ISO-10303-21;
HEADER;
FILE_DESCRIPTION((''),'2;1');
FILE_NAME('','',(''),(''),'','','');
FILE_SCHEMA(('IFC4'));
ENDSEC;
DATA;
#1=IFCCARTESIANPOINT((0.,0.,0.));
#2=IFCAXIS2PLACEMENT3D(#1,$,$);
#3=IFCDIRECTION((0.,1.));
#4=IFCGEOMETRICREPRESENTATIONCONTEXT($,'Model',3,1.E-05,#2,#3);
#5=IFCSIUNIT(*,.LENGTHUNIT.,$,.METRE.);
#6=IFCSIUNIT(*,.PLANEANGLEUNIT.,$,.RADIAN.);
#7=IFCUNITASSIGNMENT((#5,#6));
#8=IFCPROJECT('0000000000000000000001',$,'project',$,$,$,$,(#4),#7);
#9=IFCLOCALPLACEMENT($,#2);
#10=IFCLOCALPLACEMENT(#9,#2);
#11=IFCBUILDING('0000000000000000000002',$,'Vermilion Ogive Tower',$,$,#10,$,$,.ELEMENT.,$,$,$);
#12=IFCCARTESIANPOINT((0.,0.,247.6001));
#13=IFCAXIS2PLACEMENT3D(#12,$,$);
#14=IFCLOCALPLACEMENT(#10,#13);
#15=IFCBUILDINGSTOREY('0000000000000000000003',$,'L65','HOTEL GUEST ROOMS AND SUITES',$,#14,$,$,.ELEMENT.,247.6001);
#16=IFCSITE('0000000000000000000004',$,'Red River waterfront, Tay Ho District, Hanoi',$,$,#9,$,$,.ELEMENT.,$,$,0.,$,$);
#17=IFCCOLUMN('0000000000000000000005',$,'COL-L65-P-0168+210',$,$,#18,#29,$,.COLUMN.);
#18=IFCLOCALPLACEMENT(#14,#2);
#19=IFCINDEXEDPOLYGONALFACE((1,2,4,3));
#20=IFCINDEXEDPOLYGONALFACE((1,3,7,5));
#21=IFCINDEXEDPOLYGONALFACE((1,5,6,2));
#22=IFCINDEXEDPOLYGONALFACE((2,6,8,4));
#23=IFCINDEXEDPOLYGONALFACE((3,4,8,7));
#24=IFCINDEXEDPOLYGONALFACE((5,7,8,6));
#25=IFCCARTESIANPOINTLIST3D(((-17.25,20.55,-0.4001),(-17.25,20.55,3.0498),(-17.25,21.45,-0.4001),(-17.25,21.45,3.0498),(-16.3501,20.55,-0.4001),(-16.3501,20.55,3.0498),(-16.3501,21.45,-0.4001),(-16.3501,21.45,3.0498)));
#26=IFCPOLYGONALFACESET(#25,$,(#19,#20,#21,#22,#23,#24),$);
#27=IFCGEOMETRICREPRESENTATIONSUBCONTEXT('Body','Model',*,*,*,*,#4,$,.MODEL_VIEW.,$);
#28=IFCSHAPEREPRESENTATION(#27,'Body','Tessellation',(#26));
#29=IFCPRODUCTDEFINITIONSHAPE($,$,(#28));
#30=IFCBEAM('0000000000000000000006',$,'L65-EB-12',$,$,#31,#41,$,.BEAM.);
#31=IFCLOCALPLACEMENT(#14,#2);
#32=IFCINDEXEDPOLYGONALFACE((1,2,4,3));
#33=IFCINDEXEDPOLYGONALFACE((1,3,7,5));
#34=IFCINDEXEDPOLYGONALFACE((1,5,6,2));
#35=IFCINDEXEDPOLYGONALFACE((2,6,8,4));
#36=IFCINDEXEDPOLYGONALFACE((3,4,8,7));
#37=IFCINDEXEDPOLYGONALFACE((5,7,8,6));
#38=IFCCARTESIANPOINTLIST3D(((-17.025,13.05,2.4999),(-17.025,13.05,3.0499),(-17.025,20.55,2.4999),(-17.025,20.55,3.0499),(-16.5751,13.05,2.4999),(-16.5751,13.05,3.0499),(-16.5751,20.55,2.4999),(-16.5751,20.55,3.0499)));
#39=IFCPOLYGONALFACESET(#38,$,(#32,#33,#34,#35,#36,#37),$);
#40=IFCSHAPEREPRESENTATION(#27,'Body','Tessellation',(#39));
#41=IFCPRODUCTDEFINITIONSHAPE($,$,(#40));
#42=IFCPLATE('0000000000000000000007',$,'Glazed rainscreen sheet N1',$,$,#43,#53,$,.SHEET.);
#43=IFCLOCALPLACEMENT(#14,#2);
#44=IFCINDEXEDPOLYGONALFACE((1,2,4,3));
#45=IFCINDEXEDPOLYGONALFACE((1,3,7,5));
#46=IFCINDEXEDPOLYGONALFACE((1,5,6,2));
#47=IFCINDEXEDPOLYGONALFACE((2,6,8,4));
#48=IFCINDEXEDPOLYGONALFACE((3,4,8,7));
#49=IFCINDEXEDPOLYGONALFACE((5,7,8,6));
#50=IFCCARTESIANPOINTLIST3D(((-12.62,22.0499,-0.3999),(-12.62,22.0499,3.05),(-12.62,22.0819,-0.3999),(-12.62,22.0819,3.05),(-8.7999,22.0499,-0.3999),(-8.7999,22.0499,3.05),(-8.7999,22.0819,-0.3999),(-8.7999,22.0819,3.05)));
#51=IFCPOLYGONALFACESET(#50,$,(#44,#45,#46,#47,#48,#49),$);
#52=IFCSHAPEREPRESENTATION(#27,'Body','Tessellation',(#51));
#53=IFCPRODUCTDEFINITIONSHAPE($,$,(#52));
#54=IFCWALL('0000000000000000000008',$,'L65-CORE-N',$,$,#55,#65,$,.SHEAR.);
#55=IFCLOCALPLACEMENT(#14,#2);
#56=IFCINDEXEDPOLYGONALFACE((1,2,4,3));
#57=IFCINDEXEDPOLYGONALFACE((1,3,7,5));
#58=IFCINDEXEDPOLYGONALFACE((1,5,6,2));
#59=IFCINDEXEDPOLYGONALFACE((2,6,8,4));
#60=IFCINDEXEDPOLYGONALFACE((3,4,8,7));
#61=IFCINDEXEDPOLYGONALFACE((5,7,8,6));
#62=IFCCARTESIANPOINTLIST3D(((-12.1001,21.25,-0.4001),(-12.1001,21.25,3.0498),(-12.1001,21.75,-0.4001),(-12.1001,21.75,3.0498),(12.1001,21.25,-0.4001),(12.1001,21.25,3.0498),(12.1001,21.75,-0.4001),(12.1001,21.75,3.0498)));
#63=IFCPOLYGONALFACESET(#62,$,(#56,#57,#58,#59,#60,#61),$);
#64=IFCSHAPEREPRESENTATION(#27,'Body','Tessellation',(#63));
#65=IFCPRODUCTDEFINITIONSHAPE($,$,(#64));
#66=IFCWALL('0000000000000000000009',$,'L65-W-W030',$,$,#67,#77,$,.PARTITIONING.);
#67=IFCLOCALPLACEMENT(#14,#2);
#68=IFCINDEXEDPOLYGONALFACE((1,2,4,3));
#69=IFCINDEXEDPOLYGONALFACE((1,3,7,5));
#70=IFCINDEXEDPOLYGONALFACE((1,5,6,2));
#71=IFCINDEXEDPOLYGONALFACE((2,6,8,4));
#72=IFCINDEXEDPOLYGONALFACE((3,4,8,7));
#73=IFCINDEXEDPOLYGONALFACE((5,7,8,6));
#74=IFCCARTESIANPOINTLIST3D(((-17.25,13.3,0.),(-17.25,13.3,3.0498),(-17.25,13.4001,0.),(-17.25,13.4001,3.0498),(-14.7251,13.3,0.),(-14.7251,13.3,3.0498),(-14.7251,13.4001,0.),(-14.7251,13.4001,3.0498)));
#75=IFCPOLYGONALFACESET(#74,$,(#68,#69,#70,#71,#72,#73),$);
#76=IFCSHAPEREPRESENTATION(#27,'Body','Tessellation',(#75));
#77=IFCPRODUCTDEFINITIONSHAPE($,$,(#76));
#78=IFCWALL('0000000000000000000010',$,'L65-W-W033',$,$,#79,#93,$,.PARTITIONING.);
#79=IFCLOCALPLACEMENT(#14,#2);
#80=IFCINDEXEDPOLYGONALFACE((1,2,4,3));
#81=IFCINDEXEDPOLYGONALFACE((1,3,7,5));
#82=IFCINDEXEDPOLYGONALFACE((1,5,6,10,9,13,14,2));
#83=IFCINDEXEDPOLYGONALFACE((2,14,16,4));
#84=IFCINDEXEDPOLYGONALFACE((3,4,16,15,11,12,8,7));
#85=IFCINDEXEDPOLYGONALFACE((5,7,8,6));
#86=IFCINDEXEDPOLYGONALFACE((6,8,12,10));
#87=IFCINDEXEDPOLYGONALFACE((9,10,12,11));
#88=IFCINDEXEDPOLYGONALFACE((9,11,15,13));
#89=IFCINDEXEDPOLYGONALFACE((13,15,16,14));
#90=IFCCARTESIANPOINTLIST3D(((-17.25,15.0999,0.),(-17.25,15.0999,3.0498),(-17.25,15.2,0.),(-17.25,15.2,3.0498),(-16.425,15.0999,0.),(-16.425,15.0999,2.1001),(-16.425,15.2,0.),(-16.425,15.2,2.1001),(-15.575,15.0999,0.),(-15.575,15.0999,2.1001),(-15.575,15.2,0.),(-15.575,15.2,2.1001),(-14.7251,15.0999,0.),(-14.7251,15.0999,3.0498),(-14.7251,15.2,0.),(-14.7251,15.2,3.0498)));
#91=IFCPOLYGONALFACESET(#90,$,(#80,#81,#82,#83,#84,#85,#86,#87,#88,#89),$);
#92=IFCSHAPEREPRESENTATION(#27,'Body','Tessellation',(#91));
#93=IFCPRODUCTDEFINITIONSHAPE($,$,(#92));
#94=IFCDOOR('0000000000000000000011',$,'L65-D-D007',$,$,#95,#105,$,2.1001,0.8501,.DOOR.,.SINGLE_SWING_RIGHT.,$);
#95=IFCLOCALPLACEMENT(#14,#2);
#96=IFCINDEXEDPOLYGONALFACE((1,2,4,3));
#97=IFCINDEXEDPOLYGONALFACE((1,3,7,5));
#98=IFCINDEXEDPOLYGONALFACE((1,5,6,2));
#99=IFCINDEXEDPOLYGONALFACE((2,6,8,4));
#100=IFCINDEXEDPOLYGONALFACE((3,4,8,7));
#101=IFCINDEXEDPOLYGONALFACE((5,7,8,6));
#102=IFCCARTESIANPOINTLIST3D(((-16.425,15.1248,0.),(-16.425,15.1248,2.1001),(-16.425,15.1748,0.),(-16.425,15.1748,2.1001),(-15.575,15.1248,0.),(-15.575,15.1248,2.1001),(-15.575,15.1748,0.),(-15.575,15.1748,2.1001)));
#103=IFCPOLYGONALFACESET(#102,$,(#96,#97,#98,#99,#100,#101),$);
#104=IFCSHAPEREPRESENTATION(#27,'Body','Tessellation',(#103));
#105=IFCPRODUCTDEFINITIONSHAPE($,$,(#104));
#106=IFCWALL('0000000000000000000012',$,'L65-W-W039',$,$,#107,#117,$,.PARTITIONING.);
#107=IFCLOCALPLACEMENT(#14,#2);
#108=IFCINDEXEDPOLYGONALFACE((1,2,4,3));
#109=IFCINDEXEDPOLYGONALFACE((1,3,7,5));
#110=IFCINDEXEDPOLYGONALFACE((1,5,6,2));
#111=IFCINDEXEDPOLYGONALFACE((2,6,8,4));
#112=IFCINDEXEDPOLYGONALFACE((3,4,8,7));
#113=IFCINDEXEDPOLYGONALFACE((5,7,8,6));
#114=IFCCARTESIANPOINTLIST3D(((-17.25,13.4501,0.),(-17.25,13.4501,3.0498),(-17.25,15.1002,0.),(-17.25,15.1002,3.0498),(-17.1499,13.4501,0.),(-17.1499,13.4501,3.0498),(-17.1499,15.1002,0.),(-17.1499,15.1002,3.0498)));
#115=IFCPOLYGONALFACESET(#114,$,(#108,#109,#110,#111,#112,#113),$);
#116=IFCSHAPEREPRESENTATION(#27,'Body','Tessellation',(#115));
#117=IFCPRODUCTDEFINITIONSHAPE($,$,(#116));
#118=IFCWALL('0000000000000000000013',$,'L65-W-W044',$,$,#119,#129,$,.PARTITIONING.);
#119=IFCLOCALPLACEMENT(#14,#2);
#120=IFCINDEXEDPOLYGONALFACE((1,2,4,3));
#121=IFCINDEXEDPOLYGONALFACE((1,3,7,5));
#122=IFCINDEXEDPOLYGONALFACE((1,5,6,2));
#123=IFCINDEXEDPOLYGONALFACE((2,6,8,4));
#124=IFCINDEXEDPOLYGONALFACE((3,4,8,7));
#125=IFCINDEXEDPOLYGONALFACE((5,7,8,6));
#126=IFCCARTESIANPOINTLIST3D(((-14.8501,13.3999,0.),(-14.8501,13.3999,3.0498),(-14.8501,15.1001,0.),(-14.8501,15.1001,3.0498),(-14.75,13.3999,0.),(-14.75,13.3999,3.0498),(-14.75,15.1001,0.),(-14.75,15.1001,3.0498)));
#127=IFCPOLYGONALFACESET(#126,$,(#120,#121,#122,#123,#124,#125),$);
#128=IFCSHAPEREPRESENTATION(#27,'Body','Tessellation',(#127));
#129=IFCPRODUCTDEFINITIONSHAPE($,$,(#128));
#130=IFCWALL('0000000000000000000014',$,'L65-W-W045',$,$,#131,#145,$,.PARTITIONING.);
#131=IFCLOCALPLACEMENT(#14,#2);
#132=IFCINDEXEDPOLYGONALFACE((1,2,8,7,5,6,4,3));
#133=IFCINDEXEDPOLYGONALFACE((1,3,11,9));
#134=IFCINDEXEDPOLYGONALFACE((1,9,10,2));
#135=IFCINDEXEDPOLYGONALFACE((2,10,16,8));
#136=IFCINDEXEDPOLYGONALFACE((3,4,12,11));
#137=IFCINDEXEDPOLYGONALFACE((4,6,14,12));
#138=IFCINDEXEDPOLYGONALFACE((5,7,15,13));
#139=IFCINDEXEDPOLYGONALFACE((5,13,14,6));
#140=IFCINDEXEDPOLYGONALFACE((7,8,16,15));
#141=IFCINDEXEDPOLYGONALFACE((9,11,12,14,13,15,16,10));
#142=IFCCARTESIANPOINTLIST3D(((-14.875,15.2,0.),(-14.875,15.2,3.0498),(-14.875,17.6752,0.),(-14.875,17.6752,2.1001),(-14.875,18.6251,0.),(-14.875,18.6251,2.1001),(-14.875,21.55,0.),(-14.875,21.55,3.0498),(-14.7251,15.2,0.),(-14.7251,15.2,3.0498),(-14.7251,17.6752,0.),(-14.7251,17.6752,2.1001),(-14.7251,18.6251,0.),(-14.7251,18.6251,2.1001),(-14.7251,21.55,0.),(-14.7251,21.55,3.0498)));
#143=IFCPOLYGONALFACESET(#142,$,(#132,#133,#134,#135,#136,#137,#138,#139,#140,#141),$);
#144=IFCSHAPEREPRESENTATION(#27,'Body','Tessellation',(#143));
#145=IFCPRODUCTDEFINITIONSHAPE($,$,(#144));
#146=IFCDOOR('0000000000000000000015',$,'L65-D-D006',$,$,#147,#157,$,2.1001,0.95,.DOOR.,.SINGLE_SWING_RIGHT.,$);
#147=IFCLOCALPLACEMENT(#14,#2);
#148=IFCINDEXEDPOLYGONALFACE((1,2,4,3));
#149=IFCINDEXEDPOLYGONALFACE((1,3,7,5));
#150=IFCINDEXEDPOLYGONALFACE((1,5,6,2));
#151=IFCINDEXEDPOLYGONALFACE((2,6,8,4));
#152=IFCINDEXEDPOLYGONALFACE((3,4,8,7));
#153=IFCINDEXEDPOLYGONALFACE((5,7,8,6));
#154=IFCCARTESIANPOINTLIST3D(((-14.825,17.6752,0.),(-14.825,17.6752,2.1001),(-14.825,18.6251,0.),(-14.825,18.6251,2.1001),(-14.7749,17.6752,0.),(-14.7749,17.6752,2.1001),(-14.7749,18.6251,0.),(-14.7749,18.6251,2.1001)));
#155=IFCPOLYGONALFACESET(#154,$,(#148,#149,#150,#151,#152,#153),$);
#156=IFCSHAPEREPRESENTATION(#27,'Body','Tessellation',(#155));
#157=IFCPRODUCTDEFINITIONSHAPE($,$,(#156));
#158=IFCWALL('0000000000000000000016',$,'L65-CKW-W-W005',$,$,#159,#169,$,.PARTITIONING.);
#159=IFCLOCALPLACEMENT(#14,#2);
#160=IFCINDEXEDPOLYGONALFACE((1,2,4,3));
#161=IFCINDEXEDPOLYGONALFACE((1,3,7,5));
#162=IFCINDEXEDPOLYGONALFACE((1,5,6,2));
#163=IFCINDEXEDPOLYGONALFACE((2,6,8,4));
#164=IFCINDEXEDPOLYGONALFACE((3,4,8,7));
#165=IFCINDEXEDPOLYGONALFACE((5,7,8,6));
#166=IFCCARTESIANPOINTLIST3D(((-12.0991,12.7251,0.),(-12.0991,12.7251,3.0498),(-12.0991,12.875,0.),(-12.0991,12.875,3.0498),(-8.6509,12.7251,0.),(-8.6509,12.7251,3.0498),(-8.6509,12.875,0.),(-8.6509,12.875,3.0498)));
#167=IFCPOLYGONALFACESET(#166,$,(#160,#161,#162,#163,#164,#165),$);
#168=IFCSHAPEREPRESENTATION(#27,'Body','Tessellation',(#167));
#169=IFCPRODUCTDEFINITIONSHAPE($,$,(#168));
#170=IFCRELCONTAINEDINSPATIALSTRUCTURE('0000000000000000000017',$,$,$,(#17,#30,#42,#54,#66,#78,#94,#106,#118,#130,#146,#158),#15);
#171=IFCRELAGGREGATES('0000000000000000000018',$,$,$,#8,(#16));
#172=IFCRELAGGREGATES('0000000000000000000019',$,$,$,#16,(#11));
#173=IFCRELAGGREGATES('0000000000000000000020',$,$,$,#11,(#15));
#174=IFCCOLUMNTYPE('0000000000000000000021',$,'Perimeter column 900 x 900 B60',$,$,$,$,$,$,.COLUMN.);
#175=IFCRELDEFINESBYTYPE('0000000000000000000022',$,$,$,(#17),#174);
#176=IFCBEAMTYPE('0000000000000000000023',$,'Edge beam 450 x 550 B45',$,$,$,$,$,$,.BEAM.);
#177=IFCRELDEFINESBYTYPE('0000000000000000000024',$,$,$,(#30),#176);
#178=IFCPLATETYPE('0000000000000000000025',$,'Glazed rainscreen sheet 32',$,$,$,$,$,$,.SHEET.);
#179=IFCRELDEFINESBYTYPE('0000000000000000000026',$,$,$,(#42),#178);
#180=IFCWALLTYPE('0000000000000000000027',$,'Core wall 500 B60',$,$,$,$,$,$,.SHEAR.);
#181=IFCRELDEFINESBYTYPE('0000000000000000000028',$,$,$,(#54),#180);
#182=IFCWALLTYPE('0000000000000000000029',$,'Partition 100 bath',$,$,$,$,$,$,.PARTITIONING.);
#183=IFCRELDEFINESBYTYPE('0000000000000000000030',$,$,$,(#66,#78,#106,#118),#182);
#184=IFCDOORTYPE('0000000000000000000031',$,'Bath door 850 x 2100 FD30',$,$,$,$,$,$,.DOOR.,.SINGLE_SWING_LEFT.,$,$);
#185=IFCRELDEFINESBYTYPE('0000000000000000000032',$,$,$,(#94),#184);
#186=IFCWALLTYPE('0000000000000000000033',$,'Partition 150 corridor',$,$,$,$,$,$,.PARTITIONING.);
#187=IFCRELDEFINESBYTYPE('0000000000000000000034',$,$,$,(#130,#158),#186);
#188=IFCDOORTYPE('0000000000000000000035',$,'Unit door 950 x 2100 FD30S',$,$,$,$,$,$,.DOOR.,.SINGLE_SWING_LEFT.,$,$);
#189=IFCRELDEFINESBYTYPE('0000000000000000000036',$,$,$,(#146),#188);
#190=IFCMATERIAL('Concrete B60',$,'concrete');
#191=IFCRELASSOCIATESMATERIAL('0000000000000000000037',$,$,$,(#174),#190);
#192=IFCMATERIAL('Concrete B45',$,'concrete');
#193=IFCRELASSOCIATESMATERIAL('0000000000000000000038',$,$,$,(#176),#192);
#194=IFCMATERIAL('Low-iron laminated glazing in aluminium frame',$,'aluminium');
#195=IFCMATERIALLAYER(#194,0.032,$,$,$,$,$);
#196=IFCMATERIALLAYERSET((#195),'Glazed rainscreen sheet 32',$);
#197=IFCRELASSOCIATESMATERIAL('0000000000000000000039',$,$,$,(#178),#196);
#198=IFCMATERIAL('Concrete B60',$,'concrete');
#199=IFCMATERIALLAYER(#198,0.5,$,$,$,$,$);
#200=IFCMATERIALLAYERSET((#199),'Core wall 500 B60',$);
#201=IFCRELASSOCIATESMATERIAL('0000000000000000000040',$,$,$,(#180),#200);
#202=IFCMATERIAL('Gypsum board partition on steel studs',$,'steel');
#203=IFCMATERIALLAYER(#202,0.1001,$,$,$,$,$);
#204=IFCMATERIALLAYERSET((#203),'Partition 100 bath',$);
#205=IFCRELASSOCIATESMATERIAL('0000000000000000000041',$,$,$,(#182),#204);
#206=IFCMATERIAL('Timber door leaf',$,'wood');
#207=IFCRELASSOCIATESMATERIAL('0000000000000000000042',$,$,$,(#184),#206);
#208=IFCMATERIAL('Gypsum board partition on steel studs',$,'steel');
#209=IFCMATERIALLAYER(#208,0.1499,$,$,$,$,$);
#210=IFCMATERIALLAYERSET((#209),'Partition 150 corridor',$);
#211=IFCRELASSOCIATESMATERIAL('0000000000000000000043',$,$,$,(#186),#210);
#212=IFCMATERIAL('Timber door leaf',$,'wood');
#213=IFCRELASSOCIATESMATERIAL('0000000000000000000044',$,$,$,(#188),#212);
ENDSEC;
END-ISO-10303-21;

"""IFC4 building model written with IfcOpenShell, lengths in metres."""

from ifc_helpers import new_model, si_unit, direction, frame, frame_2d, origin, origin_2d, place, context, subcontext, project, spatial, rectangle, extrude, material, layer, layer_set, material_profile, profile_set, type_object, element, fill, save


model = new_model("IFC4")

# Units and contexts
model_context = context("Model", 3, precision=1e-05, world=origin(), true_north=direction((0.0, 1.0)))
body_context = subcontext(model_context, "Body", "Model", "MODEL_VIEW")
ifc_project = project(units=[si_unit("LENGTHUNIT", "METRE"), si_unit("PLANEANGLEUNIT", "RADIAN")], contexts=[model_context])

# Site, building, storey
site_placement = place(None, origin())
site = spatial("IfcSite", under=ifc_project, at=site_placement, Name="Red River waterfront, Tay Ho District, Hanoi", CompositionType="ELEMENT", RefElevation=0.0)
building_placement = place(site_placement, origin())
building = spatial("IfcBuilding", under=site, at=building_placement, Name="Vermilion Ogive Tower", CompositionType="ELEMENT")
storey_placement = place(building_placement, frame((0.0, 0.0, 247.6001)))
storey = spatial("IfcBuildingStorey", under=building, at=storey_placement, Name="L65", Description="HOTEL GUEST ROOMS AND SUITES", CompositionType="ELEMENT", Elevation=247.6001)

# Column
ifc_material_1 = material(Name="Concrete B60", Category="concrete")
ifc_material_profile_1 = material_profile(ifc_material_1, rectangle(XDim=0.8999, YDim=0.8999, at=origin_2d()), Name="900 x 900")
ifc_profile_set_1 = profile_set([ifc_material_profile_1], Name="Concrete B60")
column_type = type_object("IfcColumnType", Name="Perimeter column 900 x 900 B60", PredefinedType="COLUMN", material=ifc_profile_set_1)
column_placement = place(storey_placement, frame((-16.8, 21.0, -0.4001), z_axis=(0.0, 0.0, 1.0), x_axis=(1.0, 0.0, 0.0)))
element("IfcColumn", 1, at=column_placement, inside=storey, type_object=column_type, Name="COL-L65-P-0168+210", PredefinedType="COLUMN", context=body_context, shape_type="SweptSolid", body=[
    extrude(rectangle(XDim=0.8999, YDim=0.8999, at=origin_2d()), origin(), (0.0, 0.0, 1.0), 3.45),
])

# Beam
ifc_material_2 = material(Name="Concrete B45", Category="concrete")
ifc_material_profile_2 = material_profile(ifc_material_2, rectangle(XDim=0.45, YDim=0.55, at=origin_2d()), Name="450 x 550")
ifc_profile_set_2 = profile_set([ifc_material_profile_2], Name="Concrete B45")
beam_type = type_object("IfcBeamType", Name="Edge beam 450 x 550 B45", PredefinedType="BEAM", material=ifc_profile_set_2)
beam_placement = place(storey_placement, frame((-16.8, 20.55, 2.7749), z_axis=(0.0, -1.0, 0.0), x_axis=(1.0, 0.0, 0.0)))
element("IfcBeam", 2, at=beam_placement, inside=storey, type_object=beam_type, Name="L65-EB-12", PredefinedType="BEAM", context=body_context, shape_type="SweptSolid", body=[
    extrude(rectangle(XDim=0.45, YDim=0.55, at=origin_2d()), origin(), (0.0, 0.0, 1.0), 7.5),
])

# Plate
ifc_material_3 = material(Name="Low-iron laminated glazing in aluminium frame", Category="aluminium")
ifc_layer_1 = layer(ifc_material_3, 0.032)
ifc_layer_set_1 = layer_set([ifc_layer_1], Name="Glazed rainscreen sheet 32")
plate_type = type_object("IfcPlateType", Name="Glazed rainscreen sheet 32", PredefinedType="SHEET", material=ifc_layer_set_1)
plate_placement = place(storey_placement, frame((-10.71, 22.0659, -0.3999), z_axis=(0.0, 0.0, 1.0), x_axis=(1.0, 0.0, 0.0)))
element("IfcPlate", 3, at=plate_placement, inside=storey, type_object=plate_type, Name="Glazed rainscreen sheet N1", PredefinedType="SHEET", context=body_context, shape_type="SweptSolid", body=[
    extrude(rectangle(XDim=3.8201, YDim=0.032, at=origin_2d()), origin(), (0.0, 0.0, 1.0), 3.45),
])

# Walls
ifc_material_4 = material(Name="Concrete B60", Category="concrete")
ifc_layer_2 = layer(ifc_material_4, 0.5)
ifc_layer_set_2 = layer_set([ifc_layer_2], Name="Core wall 500 B60")
wall_type_1 = type_object("IfcWallType", Name="Core wall 500 B60", PredefinedType="SHEAR", material=ifc_layer_set_2)
wall_1_placement = place(storey_placement, frame((-12.1001, 21.5, -0.4001), z_axis=(0.0, 0.0, 1.0), x_axis=(1.0, 0.0, 0.0)))
element("IfcWall", 4, at=wall_1_placement, inside=storey, type_object=wall_type_1, Name="L65-CORE-N", PredefinedType="SHEAR", context=body_context, shape_type="SweptSolid", body=[
    extrude(rectangle(XDim=24.2002, YDim=0.5, at=frame_2d((12.1001, 0.0))), origin(), (0.0, 0.0, 1.0), 3.45),
])
ifc_material_5 = material(Name="Gypsum board partition on steel studs", Category="steel")
ifc_layer_3 = layer(ifc_material_5, 0.1001)
ifc_layer_set_3 = layer_set([ifc_layer_3], Name="Partition 100 bath")
wall_type_2 = type_object("IfcWallType", Name="Partition 100 bath", PredefinedType="PARTITIONING", material=ifc_layer_set_3)
wall_2_placement = place(storey_placement, frame((-17.25, 13.3501, 0.0), z_axis=(0.0, 0.0, 1.0), x_axis=(1.0, 0.0, 0.0)))
element("IfcWall", 5, at=wall_2_placement, inside=storey, type_object=wall_type_2, Name="L65-W-W030", PredefinedType="PARTITIONING", context=body_context, shape_type="SweptSolid", body=[
    extrude(rectangle(XDim=2.5249, YDim=0.1001, at=frame_2d((1.2625, 0.0))), origin(), (0.0, 0.0, 1.0), 3.0498),
])

# Wall, opening, door
wall_3_placement = place(storey_placement, frame((-17.25, 15.1499, 0.0), z_axis=(0.0, 0.0, 1.0), x_axis=(1.0, 0.0, 0.0)))
wall_3 = element("IfcWall", 6, at=wall_3_placement, inside=storey, type_object=wall_type_2, Name="L65-W-W033", PredefinedType="PARTITIONING", context=body_context, shape_type="SweptSolid", body=[
    extrude(rectangle(XDim=2.5249, YDim=0.1001, at=frame_2d((1.2625, 0.0))), origin(), (0.0, 0.0, 1.0), 3.0498),
])
opening_1_placement = place(wall_3_placement, frame((0.825, 0.0, 0.0)))
opening_1 = element("IfcOpeningElement", 7, at=opening_1_placement, cuts=wall_3, PredefinedType="OPENING", context=body_context, shape_type="SweptSolid", body=[
    extrude(rectangle(XDim=0.8501, YDim=2.1001, at=frame_2d((0.425, 1.05))), frame((0.0, 0.0601, 0.0), z_axis=(0.0, -1.0, 0.0), x_axis=(1.0, 0.0, 0.0)), (0.0, 0.0, 1.0), 0.1201),
])
ifc_material_6 = material(Name="Timber door leaf", Category="wood")
door_type_1 = type_object("IfcDoorType", Name="Bath door 850 x 2100 FD30", OperationType="SINGLE_SWING_LEFT", PredefinedType="DOOR", material=ifc_material_6)
door_1_placement = place(opening_1_placement, origin())
door_1 = element("IfcDoor", 8, at=door_1_placement, inside=storey, type_object=door_type_1, Name="L65-D-D007", OperationType="SINGLE_SWING_RIGHT", OverallHeight=2.1001, OverallWidth=0.8501, PredefinedType="DOOR", context=body_context, shape_type="SweptSolid", body=[
    extrude(rectangle(XDim=0.8501, YDim=2.1001, at=frame_2d((0.425, 1.05))), frame((0.0, 0.0249, 0.0), z_axis=(0.0, -1.0, 0.0), x_axis=(1.0, 0.0, 0.0)), (0.0, 0.0, 1.0), 0.05),
])
fill(opening_1, door_1)

# Walls
wall_4_placement = place(storey_placement, frame((-17.2, 13.45, 0.0), z_axis=(0.0, 0.0, 1.0), x_axis=(0.0, 1.0, 0.0)))
element("IfcWall", 9, at=wall_4_placement, inside=storey, type_object=wall_type_2, Name="L65-W-W039", PredefinedType="PARTITIONING", context=body_context, shape_type="SweptSolid", body=[
    extrude(rectangle(XDim=1.6501, YDim=0.1001, at=frame_2d((0.8252, 0.0))), origin(), (0.0, 0.0, 1.0), 3.0498),
])
wall_5_placement = place(storey_placement, frame((-14.8, 13.3999, 0.0), z_axis=(0.0, 0.0, 1.0), x_axis=(0.0, 1.0, 0.0)))
element("IfcWall", 10, at=wall_5_placement, inside=storey, type_object=wall_type_2, Name="L65-W-W044", PredefinedType="PARTITIONING", context=body_context, shape_type="SweptSolid", body=[
    extrude(rectangle(XDim=1.7002, YDim=0.1001, at=frame_2d((0.8501, 0.0))), origin(), (0.0, 0.0, 1.0), 3.0498),
])

# Wall, opening, door
ifc_material_7 = material(Name="Gypsum board partition on steel studs", Category="steel")
ifc_layer_4 = layer(ifc_material_7, 0.1499)
ifc_layer_set_4 = layer_set([ifc_layer_4], Name="Partition 150 corridor")
wall_type_3 = type_object("IfcWallType", Name="Partition 150 corridor", PredefinedType="PARTITIONING", material=ifc_layer_set_4)
wall_6_placement = place(storey_placement, frame((-14.8, 15.2, 0.0), z_axis=(0.0, 0.0, 1.0), x_axis=(0.0, 1.0, 0.0)))
wall_6 = element("IfcWall", 11, at=wall_6_placement, inside=storey, type_object=wall_type_3, Name="L65-W-W045", PredefinedType="PARTITIONING", context=body_context, shape_type="SweptSolid", body=[
    extrude(rectangle(XDim=6.3501, YDim=0.1499, at=frame_2d((3.175, 0.0))), origin(), (0.0, 0.0, 1.0), 3.0498),
])
opening_2_placement = place(wall_6_placement, frame((2.4751, 0.0, 0.0)))
opening_2 = element("IfcOpeningElement", 12, at=opening_2_placement, cuts=wall_6, PredefinedType="OPENING", context=body_context, shape_type="SweptSolid", body=[
    extrude(rectangle(XDim=0.95, YDim=2.1001, at=frame_2d((0.4751, 1.05))), frame((0.0, 0.085, 0.0), z_axis=(0.0, -1.0, 0.0), x_axis=(1.0, 0.0, 0.0)), (0.0, 0.0, 1.0), 0.1699),
])
ifc_material_8 = material(Name="Timber door leaf", Category="wood")
door_type_2 = type_object("IfcDoorType", Name="Unit door 950 x 2100 FD30S", OperationType="SINGLE_SWING_LEFT", PredefinedType="DOOR", material=ifc_material_8)
door_2_placement = place(opening_2_placement, origin())
door_2 = element("IfcDoor", 13, at=door_2_placement, inside=storey, type_object=door_type_2, Name="L65-D-D006", OperationType="SINGLE_SWING_RIGHT", OverallHeight=2.1001, OverallWidth=0.95, PredefinedType="DOOR", context=body_context, shape_type="SweptSolid", body=[
    extrude(rectangle(XDim=0.95, YDim=2.1001, at=frame_2d((0.4751, 1.05))), frame((0.0, 0.0249, 0.0), z_axis=(0.0, -1.0, 0.0), x_axis=(1.0, 0.0, 0.0)), (0.0, 0.0, 1.0), 0.05),
])
fill(opening_2, door_2)

# Wall
wall_7_placement = place(storey_placement, frame((-12.0991, 12.8, 0.0), z_axis=(0.0, 0.0, 1.0), x_axis=(1.0, 0.0, 0.0)))
element("IfcWall", 14, at=wall_7_placement, inside=storey, type_object=wall_type_3, Name="L65-CKW-W-W005", PredefinedType="PARTITIONING", context=body_context, shape_type="SweptSolid", body=[
    extrude(rectangle(XDim=3.4482, YDim=0.1499, at=frame_2d((1.7241, 0.0))), origin(), (0.0, 0.0, 1.0), 3.0498),
])

save(model, "model.ifc")
